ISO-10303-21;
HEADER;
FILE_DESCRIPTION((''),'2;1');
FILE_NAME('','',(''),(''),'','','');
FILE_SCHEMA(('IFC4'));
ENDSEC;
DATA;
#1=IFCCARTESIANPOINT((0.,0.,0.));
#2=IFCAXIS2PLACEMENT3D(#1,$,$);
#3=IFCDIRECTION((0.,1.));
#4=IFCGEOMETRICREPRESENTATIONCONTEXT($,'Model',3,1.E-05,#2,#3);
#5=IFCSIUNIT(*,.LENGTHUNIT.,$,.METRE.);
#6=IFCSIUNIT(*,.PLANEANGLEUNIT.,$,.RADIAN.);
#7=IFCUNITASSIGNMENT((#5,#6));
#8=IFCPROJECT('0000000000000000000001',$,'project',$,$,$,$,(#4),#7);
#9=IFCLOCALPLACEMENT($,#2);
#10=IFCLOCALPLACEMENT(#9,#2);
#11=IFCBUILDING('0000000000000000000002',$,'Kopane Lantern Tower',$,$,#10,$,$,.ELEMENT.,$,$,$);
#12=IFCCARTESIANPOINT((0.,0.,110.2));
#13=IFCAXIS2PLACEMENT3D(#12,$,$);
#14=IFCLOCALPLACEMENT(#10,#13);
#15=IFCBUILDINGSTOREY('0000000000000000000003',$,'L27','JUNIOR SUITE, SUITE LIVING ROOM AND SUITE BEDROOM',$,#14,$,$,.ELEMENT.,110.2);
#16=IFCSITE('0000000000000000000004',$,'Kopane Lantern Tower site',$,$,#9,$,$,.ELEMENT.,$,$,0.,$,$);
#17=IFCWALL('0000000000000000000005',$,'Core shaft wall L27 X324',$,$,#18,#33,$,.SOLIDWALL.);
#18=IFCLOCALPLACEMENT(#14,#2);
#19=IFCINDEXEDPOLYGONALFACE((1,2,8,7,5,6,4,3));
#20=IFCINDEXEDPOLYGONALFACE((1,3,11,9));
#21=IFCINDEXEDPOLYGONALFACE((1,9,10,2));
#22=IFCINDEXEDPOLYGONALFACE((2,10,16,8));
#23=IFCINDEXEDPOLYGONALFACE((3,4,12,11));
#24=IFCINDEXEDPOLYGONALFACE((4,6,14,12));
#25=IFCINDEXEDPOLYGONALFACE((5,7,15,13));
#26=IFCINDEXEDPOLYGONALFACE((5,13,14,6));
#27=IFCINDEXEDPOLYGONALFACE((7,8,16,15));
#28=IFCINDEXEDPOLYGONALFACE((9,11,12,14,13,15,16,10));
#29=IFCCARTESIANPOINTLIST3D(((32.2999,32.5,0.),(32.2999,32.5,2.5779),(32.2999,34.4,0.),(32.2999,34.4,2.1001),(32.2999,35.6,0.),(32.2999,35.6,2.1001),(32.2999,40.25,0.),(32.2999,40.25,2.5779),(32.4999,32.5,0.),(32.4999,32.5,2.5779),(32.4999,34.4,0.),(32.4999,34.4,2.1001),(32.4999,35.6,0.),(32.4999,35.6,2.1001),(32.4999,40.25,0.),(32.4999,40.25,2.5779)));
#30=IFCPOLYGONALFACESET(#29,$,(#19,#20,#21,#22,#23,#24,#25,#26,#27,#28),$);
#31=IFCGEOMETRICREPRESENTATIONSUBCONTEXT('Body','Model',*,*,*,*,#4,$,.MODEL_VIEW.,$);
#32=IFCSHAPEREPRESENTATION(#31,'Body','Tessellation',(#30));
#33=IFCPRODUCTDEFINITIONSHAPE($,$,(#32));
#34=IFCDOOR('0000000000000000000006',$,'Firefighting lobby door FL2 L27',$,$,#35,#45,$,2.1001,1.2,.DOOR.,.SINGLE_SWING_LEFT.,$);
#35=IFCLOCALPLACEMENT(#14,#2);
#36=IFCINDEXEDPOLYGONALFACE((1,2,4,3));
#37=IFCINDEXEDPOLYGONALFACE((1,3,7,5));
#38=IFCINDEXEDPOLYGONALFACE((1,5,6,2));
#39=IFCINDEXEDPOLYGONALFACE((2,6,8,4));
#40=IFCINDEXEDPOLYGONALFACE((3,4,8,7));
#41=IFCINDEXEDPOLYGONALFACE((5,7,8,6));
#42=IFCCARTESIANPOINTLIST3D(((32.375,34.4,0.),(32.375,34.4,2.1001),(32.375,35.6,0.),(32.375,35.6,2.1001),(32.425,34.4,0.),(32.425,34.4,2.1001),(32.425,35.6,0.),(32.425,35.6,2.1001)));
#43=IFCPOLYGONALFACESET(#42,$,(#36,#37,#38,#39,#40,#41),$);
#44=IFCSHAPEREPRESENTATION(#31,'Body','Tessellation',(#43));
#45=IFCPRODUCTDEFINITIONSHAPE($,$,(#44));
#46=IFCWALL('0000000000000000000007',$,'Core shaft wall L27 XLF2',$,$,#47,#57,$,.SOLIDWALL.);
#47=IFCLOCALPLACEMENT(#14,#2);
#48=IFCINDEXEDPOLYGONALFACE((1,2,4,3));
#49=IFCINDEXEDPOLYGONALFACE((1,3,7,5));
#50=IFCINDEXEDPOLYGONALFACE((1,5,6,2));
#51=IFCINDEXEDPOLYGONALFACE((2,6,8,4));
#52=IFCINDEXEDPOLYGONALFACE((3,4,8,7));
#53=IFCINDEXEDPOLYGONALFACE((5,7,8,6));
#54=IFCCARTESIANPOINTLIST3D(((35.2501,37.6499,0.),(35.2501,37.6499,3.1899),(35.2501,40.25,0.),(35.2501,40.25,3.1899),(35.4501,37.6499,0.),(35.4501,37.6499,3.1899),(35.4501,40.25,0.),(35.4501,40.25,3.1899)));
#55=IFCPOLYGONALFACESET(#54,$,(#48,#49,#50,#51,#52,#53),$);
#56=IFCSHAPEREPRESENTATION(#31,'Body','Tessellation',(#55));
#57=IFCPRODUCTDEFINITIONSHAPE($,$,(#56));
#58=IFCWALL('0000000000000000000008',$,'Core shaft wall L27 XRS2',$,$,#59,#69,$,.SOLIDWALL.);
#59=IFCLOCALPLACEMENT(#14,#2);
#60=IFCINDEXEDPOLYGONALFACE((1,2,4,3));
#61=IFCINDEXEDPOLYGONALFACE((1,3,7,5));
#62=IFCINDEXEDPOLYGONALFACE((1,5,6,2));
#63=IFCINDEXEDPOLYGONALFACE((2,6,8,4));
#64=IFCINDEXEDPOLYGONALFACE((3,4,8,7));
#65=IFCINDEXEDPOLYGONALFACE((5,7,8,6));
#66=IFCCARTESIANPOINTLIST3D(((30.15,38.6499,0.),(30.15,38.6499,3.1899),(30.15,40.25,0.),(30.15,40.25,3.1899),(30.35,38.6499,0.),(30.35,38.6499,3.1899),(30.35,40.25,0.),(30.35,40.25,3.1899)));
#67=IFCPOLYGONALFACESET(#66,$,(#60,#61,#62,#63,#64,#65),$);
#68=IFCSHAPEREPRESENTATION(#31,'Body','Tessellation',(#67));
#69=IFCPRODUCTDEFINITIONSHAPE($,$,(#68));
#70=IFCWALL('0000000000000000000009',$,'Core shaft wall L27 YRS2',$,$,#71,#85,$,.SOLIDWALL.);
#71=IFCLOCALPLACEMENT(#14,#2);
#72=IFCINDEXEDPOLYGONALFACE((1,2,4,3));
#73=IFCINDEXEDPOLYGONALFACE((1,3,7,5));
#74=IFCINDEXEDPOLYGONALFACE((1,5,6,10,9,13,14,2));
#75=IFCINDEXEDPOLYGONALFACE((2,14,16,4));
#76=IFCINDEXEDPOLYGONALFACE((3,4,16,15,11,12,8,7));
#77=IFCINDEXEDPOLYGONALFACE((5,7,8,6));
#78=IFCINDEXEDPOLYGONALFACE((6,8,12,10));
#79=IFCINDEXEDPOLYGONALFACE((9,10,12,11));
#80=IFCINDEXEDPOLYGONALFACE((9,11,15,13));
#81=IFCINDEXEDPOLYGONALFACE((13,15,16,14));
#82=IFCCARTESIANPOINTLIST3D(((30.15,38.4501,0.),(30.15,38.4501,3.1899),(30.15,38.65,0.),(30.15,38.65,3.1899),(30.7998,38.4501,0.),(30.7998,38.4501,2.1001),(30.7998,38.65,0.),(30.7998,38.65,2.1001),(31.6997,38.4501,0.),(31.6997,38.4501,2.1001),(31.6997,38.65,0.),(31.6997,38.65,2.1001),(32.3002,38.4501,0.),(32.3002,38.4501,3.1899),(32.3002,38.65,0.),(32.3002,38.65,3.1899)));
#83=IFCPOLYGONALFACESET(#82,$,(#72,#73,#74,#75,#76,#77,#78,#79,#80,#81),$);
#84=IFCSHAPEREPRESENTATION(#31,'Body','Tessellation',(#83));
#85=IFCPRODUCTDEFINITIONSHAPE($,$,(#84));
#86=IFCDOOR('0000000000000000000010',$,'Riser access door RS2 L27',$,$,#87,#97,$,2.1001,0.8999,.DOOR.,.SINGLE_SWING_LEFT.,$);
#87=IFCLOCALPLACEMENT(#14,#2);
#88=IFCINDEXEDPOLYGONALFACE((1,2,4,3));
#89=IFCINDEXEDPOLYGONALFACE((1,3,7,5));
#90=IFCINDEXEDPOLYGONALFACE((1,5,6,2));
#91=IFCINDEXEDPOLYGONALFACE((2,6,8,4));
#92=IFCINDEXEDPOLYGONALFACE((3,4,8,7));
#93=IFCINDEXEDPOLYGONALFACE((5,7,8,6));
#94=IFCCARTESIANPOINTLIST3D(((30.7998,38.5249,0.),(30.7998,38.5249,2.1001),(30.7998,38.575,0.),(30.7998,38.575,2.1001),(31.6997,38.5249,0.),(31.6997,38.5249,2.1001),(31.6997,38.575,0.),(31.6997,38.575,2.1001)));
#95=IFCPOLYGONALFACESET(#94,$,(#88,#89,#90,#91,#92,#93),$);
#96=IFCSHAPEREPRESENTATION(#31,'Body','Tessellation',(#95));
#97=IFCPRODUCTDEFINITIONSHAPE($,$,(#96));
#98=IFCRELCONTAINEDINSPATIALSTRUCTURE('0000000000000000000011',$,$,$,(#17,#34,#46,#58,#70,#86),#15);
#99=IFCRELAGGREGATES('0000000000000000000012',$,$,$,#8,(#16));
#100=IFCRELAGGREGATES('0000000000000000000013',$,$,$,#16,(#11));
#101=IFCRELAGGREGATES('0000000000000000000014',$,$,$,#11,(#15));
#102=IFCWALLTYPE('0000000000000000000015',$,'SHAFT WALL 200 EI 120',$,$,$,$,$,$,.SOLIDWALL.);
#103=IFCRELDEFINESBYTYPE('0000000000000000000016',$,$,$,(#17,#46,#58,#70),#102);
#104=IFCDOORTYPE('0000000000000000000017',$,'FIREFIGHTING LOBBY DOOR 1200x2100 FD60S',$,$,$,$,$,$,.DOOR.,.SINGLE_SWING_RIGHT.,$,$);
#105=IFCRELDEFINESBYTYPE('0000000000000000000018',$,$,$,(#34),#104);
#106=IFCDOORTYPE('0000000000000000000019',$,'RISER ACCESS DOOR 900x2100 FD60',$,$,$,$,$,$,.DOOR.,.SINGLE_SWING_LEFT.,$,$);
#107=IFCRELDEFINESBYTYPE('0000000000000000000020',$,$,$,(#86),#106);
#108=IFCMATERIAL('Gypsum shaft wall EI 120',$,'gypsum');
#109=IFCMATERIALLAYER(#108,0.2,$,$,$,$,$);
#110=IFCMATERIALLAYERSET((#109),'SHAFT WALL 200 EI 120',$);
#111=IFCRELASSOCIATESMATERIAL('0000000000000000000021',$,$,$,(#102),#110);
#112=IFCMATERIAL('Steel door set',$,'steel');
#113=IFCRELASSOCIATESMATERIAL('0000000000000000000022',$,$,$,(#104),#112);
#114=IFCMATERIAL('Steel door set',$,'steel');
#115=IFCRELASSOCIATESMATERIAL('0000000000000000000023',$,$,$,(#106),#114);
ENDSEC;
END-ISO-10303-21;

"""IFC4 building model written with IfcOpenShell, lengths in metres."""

from ifc_helpers import new_model, si_unit, direction, frame, frame_2d, origin, place, context, subcontext, project, spatial, rectangle, extrude, material, layer, layer_set, type_object, element, fill, save


model = new_model("IFC4")

# Units and contexts
model_context = context("Model", 3, precision=1e-05, world=origin(), true_north=direction((0.0, 1.0)))
body_context = subcontext(model_context, "Body", "Model", "MODEL_VIEW")
ifc_project = project(units=[si_unit("LENGTHUNIT", "METRE"), si_unit("PLANEANGLEUNIT", "RADIAN")], contexts=[model_context])

# Site, building, storey
site_placement = place(None, origin())
site = spatial("IfcSite", under=ifc_project, at=site_placement, Name="Kopane Lantern Tower site", CompositionType="ELEMENT", RefElevation=0.0)
building_placement = place(site_placement, origin())
building = spatial("IfcBuilding", under=site, at=building_placement, Name="Kopane Lantern Tower", CompositionType="ELEMENT")
storey_placement = place(building_placement, frame((0.0, 0.0, 110.2)))
storey = spatial("IfcBuildingStorey", under=building, at=storey_placement, Name="L27", Description="JUNIOR SUITE, SUITE LIVING ROOM AND SUITE BEDROOM", CompositionType="ELEMENT", Elevation=110.2)

# Shared definitions
ifc_material_1 = material(Name="Gypsum shaft wall EI 120", Category="gypsum")
ifc_layer_1 = layer(ifc_material_1, 0.2)
ifc_layer_set_1 = layer_set([ifc_layer_1], Name="SHAFT WALL 200 EI 120")
wall_type_1 = type_object("IfcWallType", Name="SHAFT WALL 200 EI 120", PredefinedType="SOLIDWALL", material=ifc_layer_set_1)

# Wall, opening, door
wall_1_placement = place(storey_placement, frame((32.3999, 32.5, 0.0), z_axis=(0.0, 0.0, 1.0), x_axis=(0.0, 1.0, 0.0)))
wall_1 = element("IfcWall", 1, at=wall_1_placement, inside=storey, type_object=wall_type_1, Name="Core shaft wall L27 X324", PredefinedType="SOLIDWALL", context=body_context, shape_type="SweptSolid", body=[
    extrude(rectangle(XDim=7.75, YDim=0.2, at=frame_2d((3.875, 0.0))), origin(), (0.0, 0.0, 1.0), 2.5779),
])
opening_1_placement = place(wall_1_placement, frame((1.8999, 0.0, 0.0)))
opening_1 = element("IfcOpeningElement", 2, at=opening_1_placement, cuts=wall_1, PredefinedType="OPENING", context=body_context, shape_type="SweptSolid", body=[
    extrude(rectangle(XDim=1.2, YDim=2.1001, at=frame_2d((0.6001, 1.05))), frame((0.0, 0.1099, 0.0), z_axis=(0.0, -1.0, 0.0), x_axis=(1.0, 0.0, 0.0)), (0.0, 0.0, 1.0), 0.22),
])
ifc_material_2 = material(Name="Steel door set", Category="steel")
door_type_1 = type_object("IfcDoorType", Name="FIREFIGHTING LOBBY DOOR 1200x2100 FD60S", OperationType="SINGLE_SWING_RIGHT", PredefinedType="DOOR", material=ifc_material_2)
door_1_placement = place(opening_1_placement, origin())
door_1 = element("IfcDoor", 3, at=door_1_placement, inside=storey, type_object=door_type_1, Name="Firefighting lobby door FL2 L27", OperationType="SINGLE_SWING_LEFT", OverallHeight=2.1001, OverallWidth=1.2, PredefinedType="DOOR", context=body_context, shape_type="SweptSolid", body=[
    extrude(rectangle(XDim=1.2, YDim=2.1001, at=frame_2d((0.6001, 1.05))), frame((0.0, 0.0249, 0.0), z_axis=(0.0, -1.0, 0.0), x_axis=(1.0, 0.0, 0.0)), (0.0, 0.0, 1.0), 0.05),
])
fill(opening_1, door_1)

# Walls
wall_2_placement = place(storey_placement, frame((35.3501, 37.6499, 0.0), z_axis=(0.0, 0.0, 1.0), x_axis=(0.0, 1.0, 0.0)))
element("IfcWall", 4, at=wall_2_placement, inside=storey, type_object=wall_type_1, Name="Core shaft wall L27 XLF2", PredefinedType="SOLIDWALL", context=body_context, shape_type="SweptSolid", body=[
    extrude(rectangle(XDim=2.6001, YDim=0.2, at=frame_2d((1.3, 0.0))), origin(), (0.0, 0.0, 1.0), 3.1899),
])
wall_3_placement = place(storey_placement, frame((30.25, 38.6499, 0.0), z_axis=(0.0, 0.0, 1.0), x_axis=(0.0, 1.0, 0.0)))
element("IfcWall", 5, at=wall_3_placement, inside=storey, type_object=wall_type_1, Name="Core shaft wall L27 XRS2", PredefinedType="SOLIDWALL", context=body_context, shape_type="SweptSolid", body=[
    extrude(rectangle(XDim=1.6001, YDim=0.2, at=frame_2d((0.8, 0.0))), origin(), (0.0, 0.0, 1.0), 3.1899),
])

# Wall, opening, door
wall_4_placement = place(storey_placement, frame((30.1499, 38.55, 0.0), z_axis=(0.0, 0.0, 1.0), x_axis=(1.0, 0.0, 0.0)))
wall_4 = element("IfcWall", 6, at=wall_4_placement, inside=storey, type_object=wall_type_1, Name="Core shaft wall L27 YRS2", PredefinedType="SOLIDWALL", context=body_context, shape_type="SweptSolid", body=[
    extrude(rectangle(XDim=2.1501, YDim=0.2, at=frame_2d((1.0752, 0.0))), origin(), (0.0, 0.0, 1.0), 3.1899),
])
opening_2_placement = place(wall_4_placement, frame((0.6499, 0.0, 0.0)))
opening_2 = element("IfcOpeningElement", 7, at=opening_2_placement, cuts=wall_4, PredefinedType="OPENING", context=body_context, shape_type="SweptSolid", body=[
    extrude(rectangle(XDim=0.8999, YDim=2.1001, at=frame_2d((0.45, 1.05))), frame((0.0, 0.1099, 0.0), z_axis=(0.0, -1.0, 0.0), x_axis=(1.0, 0.0, 0.0)), (0.0, 0.0, 1.0), 0.22),
])
ifc_material_3 = material(Name="Steel door set", Category="steel")
door_type_2 = type_object("IfcDoorType", Name="RISER ACCESS DOOR 900x2100 FD60", OperationType="SINGLE_SWING_LEFT", PredefinedType="DOOR", material=ifc_material_3)
door_2_placement = place(opening_2_placement, origin())
door_2 = element("IfcDoor", 8, at=door_2_placement, inside=storey, type_object=door_type_2, Name="Riser access door RS2 L27", OperationType="SINGLE_SWING_LEFT", OverallHeight=2.1001, OverallWidth=0.8999, PredefinedType="DOOR", context=body_context, shape_type="SweptSolid", body=[
    extrude(rectangle(XDim=0.8999, YDim=2.1001, at=frame_2d((0.45, 1.05))), frame((0.0, 0.0249, 0.0), z_axis=(0.0, -1.0, 0.0), x_axis=(1.0, 0.0, 0.0)), (0.0, 0.0, 1.0), 0.05),
])
fill(opening_2, door_2)

save(model, "model.ifc")
